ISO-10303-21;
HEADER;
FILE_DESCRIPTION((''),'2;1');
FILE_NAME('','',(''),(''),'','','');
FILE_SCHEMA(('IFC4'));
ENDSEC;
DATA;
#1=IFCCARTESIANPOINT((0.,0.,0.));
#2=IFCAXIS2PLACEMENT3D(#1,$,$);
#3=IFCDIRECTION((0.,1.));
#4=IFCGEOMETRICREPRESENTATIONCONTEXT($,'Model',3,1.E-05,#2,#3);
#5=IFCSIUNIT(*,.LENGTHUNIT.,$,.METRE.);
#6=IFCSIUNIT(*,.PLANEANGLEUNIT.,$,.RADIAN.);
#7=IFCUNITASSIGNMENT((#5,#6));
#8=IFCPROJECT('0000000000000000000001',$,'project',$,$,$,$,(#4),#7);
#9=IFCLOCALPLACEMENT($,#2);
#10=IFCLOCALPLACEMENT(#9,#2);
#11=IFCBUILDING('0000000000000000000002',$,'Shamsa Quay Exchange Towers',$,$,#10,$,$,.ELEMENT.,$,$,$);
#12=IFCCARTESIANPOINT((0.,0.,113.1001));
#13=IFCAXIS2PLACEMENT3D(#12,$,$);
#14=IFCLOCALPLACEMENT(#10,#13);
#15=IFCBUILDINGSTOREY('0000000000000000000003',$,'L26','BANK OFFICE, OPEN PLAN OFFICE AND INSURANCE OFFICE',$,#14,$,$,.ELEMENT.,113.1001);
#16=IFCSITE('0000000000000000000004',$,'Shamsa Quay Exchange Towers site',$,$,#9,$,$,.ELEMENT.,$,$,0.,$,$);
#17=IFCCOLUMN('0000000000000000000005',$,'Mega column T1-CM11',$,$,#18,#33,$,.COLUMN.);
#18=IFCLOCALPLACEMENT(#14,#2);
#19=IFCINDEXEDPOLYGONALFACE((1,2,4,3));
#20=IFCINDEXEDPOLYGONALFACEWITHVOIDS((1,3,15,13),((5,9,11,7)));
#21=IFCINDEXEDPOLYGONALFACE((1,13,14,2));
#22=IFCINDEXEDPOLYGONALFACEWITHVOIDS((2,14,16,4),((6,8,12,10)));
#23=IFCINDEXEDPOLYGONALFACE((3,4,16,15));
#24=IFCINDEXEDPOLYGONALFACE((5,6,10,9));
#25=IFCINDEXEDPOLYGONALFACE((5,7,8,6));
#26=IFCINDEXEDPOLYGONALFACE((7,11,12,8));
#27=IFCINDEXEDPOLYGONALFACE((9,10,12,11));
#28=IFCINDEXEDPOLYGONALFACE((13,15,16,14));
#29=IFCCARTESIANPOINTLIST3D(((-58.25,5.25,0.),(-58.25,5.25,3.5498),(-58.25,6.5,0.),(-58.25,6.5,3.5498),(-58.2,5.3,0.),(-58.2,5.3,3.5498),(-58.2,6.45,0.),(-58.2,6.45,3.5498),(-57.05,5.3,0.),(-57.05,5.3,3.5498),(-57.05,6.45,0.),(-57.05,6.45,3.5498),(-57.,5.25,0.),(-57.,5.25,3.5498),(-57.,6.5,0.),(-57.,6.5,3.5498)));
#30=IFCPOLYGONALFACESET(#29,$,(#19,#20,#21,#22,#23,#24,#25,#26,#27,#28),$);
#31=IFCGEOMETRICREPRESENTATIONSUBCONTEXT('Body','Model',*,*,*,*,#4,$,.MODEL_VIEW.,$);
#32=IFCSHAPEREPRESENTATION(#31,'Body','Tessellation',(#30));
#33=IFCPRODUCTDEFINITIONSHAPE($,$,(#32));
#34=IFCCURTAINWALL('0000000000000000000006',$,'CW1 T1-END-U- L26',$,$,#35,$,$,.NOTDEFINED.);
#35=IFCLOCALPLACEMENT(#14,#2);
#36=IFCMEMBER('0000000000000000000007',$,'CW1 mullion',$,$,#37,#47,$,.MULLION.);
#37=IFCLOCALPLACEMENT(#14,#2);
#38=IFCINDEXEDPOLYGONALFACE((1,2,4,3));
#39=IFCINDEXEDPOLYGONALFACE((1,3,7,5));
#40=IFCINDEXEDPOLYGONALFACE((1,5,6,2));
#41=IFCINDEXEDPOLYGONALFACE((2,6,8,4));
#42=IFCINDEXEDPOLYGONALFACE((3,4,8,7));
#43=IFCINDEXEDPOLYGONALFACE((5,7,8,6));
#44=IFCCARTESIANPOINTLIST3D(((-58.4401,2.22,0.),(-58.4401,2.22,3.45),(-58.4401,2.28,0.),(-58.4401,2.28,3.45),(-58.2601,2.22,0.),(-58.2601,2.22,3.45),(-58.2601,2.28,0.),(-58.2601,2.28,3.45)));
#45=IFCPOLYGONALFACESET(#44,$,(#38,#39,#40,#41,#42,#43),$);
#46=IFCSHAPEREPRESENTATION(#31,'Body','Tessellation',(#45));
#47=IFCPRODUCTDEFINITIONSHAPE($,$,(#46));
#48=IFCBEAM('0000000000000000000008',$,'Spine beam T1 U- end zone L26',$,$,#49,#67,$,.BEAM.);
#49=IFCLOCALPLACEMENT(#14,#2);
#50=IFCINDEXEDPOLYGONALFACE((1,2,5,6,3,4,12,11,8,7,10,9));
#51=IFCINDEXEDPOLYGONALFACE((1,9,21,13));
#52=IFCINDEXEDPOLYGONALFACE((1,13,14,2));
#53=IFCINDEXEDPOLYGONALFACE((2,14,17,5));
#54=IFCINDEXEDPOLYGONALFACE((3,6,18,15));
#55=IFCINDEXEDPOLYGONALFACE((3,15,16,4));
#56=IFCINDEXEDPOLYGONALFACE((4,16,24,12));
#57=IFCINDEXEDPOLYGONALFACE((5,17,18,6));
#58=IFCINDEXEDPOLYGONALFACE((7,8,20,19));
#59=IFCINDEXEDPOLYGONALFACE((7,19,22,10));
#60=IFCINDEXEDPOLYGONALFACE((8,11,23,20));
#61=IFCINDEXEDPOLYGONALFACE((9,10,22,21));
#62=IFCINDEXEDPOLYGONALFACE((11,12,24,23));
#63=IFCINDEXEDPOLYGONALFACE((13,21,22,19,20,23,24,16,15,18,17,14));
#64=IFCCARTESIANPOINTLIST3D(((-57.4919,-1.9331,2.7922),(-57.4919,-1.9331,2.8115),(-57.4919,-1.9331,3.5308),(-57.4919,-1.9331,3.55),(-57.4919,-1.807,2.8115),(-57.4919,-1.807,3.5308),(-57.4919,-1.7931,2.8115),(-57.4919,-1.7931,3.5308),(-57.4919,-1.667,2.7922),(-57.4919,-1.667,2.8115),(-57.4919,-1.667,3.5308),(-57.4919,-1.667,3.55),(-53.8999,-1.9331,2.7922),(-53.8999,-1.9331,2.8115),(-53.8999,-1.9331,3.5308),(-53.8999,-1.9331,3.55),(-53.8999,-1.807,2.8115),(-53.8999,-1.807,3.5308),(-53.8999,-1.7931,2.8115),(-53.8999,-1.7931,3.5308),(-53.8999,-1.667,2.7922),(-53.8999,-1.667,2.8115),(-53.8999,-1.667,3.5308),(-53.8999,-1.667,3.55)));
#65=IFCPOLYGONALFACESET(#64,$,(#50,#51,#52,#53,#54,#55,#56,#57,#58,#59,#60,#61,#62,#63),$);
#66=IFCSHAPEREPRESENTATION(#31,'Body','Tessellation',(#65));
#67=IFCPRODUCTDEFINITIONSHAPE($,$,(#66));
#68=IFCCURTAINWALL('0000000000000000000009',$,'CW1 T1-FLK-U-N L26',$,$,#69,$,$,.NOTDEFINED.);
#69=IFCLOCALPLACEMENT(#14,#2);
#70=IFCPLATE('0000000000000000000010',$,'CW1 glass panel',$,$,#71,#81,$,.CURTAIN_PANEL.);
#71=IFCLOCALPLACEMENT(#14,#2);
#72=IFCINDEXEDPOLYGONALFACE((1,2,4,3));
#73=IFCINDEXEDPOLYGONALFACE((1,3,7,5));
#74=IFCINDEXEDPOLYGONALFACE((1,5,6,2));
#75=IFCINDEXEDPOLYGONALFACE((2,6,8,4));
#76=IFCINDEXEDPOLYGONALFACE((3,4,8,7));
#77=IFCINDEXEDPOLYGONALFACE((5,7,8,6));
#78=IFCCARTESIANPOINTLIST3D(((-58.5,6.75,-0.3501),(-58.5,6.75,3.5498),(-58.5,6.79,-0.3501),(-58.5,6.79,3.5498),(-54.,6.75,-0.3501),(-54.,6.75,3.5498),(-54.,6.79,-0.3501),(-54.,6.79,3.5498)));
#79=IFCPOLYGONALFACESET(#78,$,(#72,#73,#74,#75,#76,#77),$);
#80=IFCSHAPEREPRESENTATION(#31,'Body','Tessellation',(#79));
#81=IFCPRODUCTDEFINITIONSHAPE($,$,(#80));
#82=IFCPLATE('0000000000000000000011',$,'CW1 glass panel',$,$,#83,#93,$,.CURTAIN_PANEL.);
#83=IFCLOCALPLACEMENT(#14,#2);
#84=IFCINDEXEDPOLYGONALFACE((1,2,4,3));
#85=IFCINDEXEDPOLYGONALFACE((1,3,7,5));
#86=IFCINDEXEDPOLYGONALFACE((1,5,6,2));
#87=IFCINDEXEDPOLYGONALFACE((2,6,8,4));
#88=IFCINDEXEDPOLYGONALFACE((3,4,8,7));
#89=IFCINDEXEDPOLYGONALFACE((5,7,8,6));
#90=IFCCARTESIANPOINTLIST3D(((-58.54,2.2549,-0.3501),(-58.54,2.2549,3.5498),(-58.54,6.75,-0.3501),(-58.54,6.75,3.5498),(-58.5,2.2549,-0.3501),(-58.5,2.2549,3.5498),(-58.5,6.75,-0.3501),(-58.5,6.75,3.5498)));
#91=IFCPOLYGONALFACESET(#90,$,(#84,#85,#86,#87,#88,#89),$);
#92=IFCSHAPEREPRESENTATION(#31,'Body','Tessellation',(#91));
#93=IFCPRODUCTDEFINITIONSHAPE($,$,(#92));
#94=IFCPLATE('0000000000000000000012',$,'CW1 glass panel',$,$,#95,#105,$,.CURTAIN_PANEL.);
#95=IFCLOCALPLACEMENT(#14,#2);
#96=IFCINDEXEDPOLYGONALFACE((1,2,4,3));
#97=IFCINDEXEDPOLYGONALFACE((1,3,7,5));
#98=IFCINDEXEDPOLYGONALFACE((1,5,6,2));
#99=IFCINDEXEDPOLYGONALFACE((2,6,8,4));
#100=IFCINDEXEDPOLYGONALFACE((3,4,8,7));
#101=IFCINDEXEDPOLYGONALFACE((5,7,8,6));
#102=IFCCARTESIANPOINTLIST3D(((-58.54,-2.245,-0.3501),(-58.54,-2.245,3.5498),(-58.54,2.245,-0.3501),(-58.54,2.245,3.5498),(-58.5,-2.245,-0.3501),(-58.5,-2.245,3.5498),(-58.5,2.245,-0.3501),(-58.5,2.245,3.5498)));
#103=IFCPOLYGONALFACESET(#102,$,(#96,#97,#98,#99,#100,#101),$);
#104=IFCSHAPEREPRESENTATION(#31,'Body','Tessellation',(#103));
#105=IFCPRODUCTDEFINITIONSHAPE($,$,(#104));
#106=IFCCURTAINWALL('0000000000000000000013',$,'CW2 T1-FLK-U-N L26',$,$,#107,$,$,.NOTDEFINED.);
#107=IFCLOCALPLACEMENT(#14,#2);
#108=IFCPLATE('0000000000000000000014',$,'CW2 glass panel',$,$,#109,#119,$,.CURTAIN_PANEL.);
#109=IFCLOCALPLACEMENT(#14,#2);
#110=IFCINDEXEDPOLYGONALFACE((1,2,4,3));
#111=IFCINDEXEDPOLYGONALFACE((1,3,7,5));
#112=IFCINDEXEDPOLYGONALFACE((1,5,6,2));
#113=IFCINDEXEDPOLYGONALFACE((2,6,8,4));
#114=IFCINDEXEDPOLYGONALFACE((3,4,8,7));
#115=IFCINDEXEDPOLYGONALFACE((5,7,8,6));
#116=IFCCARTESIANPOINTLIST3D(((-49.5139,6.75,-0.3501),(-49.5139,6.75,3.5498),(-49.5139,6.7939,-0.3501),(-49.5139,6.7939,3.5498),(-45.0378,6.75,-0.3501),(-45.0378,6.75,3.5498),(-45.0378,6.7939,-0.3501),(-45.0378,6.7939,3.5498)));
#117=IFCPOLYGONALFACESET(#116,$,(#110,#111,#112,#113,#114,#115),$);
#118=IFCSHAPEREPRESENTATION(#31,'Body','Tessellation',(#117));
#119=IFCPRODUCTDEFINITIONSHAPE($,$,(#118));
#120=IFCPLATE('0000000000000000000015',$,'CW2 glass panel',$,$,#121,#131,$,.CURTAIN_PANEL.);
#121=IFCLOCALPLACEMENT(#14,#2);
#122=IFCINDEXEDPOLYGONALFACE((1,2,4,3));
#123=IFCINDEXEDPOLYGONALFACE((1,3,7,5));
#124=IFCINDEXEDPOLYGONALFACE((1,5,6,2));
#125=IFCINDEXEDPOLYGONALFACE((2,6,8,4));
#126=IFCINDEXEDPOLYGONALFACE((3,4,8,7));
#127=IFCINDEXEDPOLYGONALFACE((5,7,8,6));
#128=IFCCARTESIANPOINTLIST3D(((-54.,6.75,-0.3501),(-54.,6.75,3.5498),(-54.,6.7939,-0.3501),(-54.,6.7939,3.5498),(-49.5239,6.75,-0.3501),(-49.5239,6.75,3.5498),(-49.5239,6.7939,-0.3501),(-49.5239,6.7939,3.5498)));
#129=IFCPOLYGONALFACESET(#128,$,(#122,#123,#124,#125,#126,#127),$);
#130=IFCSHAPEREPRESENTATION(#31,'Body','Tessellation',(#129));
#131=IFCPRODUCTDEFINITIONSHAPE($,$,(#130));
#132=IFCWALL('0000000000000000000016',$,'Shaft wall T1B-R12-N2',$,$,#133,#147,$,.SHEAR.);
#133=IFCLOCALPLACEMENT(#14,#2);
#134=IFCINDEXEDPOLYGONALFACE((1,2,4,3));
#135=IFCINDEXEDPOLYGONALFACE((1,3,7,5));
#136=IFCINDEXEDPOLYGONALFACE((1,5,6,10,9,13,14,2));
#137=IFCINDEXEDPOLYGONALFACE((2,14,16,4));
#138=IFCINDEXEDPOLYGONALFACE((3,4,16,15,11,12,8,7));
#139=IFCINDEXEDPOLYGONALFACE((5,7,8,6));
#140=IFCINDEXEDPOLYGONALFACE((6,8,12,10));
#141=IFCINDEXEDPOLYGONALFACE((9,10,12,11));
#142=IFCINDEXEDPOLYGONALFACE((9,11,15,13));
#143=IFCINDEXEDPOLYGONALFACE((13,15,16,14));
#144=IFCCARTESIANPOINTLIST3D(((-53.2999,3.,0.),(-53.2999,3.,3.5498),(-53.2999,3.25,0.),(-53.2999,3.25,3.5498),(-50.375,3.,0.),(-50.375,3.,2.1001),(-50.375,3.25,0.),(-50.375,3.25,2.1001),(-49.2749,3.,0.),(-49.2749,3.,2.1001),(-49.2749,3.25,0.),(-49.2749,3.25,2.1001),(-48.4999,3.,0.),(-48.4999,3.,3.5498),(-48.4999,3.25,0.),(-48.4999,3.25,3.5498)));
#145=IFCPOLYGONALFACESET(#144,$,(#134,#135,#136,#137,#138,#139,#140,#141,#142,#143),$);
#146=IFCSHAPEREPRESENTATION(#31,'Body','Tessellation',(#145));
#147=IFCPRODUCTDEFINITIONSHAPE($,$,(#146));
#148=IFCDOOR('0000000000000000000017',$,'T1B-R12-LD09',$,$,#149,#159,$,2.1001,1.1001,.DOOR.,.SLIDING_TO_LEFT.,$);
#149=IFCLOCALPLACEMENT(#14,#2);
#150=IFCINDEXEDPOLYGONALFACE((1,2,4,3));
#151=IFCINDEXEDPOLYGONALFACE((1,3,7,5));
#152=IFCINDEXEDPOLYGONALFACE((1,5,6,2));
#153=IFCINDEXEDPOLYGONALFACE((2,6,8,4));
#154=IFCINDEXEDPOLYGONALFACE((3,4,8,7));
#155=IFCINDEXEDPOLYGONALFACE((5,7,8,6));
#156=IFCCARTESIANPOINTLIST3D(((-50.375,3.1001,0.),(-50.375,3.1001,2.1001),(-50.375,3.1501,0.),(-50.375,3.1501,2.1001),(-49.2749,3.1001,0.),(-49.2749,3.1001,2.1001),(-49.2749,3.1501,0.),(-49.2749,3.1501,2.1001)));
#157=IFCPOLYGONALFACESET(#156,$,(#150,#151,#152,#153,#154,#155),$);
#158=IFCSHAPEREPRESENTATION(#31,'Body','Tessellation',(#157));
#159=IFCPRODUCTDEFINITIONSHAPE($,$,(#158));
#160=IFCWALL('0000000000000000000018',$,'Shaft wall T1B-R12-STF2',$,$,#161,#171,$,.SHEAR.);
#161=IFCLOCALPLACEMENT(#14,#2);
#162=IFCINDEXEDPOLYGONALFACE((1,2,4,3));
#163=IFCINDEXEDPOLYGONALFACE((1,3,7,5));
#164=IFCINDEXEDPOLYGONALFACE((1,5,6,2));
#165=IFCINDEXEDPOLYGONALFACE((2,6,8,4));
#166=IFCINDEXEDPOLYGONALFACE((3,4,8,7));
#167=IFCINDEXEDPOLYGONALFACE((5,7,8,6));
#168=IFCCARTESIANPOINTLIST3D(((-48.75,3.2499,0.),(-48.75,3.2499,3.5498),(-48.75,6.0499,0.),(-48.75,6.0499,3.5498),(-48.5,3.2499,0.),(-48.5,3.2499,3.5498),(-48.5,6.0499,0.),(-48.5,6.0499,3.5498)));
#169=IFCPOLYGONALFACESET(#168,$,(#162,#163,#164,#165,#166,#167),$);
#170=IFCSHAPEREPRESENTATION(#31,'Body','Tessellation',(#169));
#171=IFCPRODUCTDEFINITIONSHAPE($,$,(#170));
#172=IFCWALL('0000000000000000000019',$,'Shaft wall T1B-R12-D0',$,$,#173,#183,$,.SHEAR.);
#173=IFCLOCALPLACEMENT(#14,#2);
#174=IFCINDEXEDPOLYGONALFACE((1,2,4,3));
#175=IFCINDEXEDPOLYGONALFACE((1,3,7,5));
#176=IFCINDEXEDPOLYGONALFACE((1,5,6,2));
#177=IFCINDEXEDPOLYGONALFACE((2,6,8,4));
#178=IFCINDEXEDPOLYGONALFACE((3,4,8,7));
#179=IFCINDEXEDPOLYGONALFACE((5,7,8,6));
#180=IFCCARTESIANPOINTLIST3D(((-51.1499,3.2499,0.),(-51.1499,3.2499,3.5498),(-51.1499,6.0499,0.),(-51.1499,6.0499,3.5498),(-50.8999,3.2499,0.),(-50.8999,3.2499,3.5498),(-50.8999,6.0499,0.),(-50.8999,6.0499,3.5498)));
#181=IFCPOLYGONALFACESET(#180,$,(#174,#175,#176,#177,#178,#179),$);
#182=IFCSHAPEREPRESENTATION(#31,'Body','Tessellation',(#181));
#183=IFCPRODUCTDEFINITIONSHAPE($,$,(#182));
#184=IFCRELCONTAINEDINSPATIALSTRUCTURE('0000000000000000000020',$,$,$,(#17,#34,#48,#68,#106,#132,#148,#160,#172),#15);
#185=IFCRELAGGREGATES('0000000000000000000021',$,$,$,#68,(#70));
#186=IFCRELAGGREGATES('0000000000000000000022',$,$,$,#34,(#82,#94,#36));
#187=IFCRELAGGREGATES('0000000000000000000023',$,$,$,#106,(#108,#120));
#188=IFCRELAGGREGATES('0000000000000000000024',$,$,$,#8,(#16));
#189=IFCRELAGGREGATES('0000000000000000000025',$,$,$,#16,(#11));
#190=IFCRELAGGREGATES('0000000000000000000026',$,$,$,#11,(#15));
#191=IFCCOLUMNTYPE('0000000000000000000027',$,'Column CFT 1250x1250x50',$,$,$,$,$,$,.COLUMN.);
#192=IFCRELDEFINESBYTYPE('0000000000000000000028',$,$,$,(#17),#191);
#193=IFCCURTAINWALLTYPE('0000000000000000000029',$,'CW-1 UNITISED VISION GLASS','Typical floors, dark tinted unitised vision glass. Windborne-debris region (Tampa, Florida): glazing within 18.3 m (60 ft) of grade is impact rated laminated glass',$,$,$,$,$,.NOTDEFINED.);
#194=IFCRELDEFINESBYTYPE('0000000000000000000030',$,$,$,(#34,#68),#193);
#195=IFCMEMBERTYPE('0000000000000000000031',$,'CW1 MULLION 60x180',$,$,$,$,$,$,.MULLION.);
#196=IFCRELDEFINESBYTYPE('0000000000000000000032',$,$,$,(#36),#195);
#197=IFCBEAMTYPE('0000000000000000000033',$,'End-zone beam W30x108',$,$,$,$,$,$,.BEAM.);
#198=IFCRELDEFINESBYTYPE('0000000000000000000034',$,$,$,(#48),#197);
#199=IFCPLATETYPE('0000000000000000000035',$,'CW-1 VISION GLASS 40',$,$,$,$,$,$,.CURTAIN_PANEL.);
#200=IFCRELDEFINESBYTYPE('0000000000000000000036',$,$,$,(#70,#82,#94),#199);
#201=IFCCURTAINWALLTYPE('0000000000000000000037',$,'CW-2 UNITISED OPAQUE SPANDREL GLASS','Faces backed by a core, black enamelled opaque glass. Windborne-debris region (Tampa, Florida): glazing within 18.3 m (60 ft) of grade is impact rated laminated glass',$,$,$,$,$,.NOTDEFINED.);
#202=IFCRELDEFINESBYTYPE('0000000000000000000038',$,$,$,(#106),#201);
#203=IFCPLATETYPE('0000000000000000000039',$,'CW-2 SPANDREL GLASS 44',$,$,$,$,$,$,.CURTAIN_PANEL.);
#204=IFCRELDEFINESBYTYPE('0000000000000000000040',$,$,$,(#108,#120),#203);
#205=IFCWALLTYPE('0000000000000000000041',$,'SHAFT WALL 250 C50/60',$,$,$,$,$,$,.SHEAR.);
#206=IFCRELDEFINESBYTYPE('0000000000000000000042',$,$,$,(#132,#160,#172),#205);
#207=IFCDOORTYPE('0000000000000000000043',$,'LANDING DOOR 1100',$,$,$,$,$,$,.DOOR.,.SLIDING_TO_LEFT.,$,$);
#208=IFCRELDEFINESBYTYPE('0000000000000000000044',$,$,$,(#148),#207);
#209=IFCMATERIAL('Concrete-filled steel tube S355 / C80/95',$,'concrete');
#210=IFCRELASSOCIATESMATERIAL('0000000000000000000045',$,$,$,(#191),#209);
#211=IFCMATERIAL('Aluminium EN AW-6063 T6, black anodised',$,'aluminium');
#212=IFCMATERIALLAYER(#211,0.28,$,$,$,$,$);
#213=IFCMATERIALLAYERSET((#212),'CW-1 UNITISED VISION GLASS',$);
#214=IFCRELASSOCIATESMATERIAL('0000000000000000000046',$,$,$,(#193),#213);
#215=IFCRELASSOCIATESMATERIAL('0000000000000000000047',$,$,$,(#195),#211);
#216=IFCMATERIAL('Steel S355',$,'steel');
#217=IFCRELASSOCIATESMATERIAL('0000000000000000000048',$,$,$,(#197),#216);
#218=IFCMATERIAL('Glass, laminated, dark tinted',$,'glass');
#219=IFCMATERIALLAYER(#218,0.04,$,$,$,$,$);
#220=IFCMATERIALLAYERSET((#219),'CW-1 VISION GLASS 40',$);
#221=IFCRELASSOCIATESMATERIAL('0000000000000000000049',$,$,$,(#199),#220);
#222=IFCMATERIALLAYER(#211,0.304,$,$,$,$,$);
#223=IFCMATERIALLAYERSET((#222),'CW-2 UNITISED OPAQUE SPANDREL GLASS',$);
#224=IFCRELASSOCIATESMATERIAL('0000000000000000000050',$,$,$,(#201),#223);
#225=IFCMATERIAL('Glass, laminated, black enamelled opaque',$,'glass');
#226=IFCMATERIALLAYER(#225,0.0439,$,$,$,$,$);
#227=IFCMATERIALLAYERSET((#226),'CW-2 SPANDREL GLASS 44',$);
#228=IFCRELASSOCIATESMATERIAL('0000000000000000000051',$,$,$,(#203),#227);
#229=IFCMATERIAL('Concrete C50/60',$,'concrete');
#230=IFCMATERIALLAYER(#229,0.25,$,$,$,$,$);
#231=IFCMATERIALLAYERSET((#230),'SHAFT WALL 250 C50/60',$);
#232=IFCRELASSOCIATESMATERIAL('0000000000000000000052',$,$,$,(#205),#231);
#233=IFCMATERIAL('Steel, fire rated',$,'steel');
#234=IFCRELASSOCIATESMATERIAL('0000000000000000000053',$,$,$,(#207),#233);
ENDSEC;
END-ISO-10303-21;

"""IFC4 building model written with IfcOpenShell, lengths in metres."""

from ifc_helpers import new_model, si_unit, direction, frame, frame_2d, origin, origin_2d, place, context, subcontext, project, spatial, rectangle, hollow_rectangle, i_section, extrude, material, layer, layer_set, material_profile, profile_set, type_object, element, fill, aggregate, save


model = new_model("IFC4")

# Units and contexts
model_context = context("Model", 3, precision=1e-05, world=origin(), true_north=direction((0.0, 1.0)))
body_context = subcontext(model_context, "Body", "Model", "MODEL_VIEW")
ifc_project = project(units=[si_unit("LENGTHUNIT", "METRE"), si_unit("PLANEANGLEUNIT", "RADIAN")], contexts=[model_context])

# Site, building, storey
site_placement = place(None, origin())
site = spatial("IfcSite", under=ifc_project, at=site_placement, Name="Shamsa Quay Exchange Towers site", CompositionType="ELEMENT", RefElevation=0.0)
building_placement = place(site_placement, origin())
building = spatial("IfcBuilding", under=site, at=building_placement, Name="Shamsa Quay Exchange Towers", CompositionType="ELEMENT")
storey_placement = place(building_placement, frame((0.0, 0.0, 113.1001)))
storey = spatial("IfcBuildingStorey", under=building, at=storey_placement, Name="L26", Description="BANK OFFICE, OPEN PLAN OFFICE AND INSURANCE OFFICE", CompositionType="ELEMENT", Elevation=113.1001)

# Column
ifc_material_1 = material(Name="Concrete-filled steel tube S355 / C80/95", Category="concrete")
ifc_material_profile_1 = material_profile(ifc_material_1, hollow_rectangle(XDim=1.25, YDim=1.25, WallThickness=0.05, at=origin_2d()), Name="CFT 1250x1250x50")
ifc_profile_set_1 = profile_set([ifc_material_profile_1], Name="Concrete-filled steel tube S355 / C80/95")
column_type = type_object("IfcColumnType", Name="Column CFT 1250x1250x50", PredefinedType="COLUMN", material=ifc_profile_set_1)
column_placement = place(storey_placement, frame((-57.625, 5.875, 0.0)))
element("IfcColumn", 1, at=column_placement, inside=storey, type_object=column_type, Name="Mega column T1-CM11", PredefinedType="COLUMN", context=body_context, shape_type="SweptSolid", body=[
    extrude(hollow_rectangle(XDim=1.25, YDim=1.25, WallThickness=0.05, at=origin_2d()), origin(), (0.0, 0.0, 1.0), 3.5498),
])

# Curtain wall, member
ifc_material_2 = material(Name="Aluminium EN AW-6063 T6, black anodised", Category="aluminium")
ifc_layer_1 = layer(ifc_material_2, 0.28)
ifc_layer_set_1 = layer_set([ifc_layer_1], Name="CW-1 UNITISED VISION GLASS")
curtain_wall_type_1 = type_object("IfcCurtainWallType", Name="CW-1 UNITISED VISION GLASS", Description="Typical floors, dark tinted unitised vision glass. Windborne-debris region (Tampa, Florida): glazing within 18.3 m (60 ft) of grade is impact rated laminated glass", PredefinedType="NOTDEFINED", material=ifc_layer_set_1)
curtain_wall_1_placement = place(storey_placement, origin())
curtain_wall_1 = element("IfcCurtainWall", 2, at=curtain_wall_1_placement, inside=storey, type_object=curtain_wall_type_1, Name="CW1 T1-END-U- L26", PredefinedType="NOTDEFINED")
ifc_material_profile_2 = material_profile(ifc_material_2, rectangle(XDim=0.1799, YDim=0.0601, at=origin_2d()), Name="MU60x180")
ifc_profile_set_2 = profile_set([ifc_material_profile_2], Name="Aluminium EN AW-6063 T6, black anodised")
member_type = type_object("IfcMemberType", Name="CW1 MULLION 60x180", PredefinedType="MULLION", material=ifc_profile_set_2)
member_placement = place(storey_placement, frame((-58.3501, 2.25, 0.0)))
member = element("IfcMember", 3, at=member_placement, type_object=member_type, Name="CW1 mullion", PredefinedType="MULLION", context=body_context, shape_type="SweptSolid", body=[
    extrude(rectangle(XDim=0.1799, YDim=0.0601, at=origin_2d()), origin(), (0.0, 0.0, 1.0), 3.45),
])

# Beam
ifc_material_3 = material(Name="Steel S355", Category="steel")
ifc_material_profile_3 = material_profile(ifc_material_3, i_section(OverallWidth=0.2661, OverallDepth=0.7578, WebThickness=0.0139, FlangeThickness=0.0193, at=origin_2d()), Name="W30x108")
ifc_profile_set_3 = profile_set([ifc_material_profile_3], Name="Steel S355")
beam_type = type_object("IfcBeamType", Name="End-zone beam W30x108", PredefinedType="BEAM", material=ifc_profile_set_3)
beam_placement = place(storey_placement, frame((-53.8999, -1.8, 3.1711), z_axis=(-1.0, 0.0, 0.0), x_axis=(0.0, -1.0, 0.0)))
element("IfcBeam", 4, at=beam_placement, inside=storey, type_object=beam_type, Name="Spine beam T1 U- end zone L26", PredefinedType="BEAM", context=body_context, shape_type="SweptSolid", body=[
    extrude(i_section(OverallWidth=0.2661, OverallDepth=0.7578, WebThickness=0.0139, FlangeThickness=0.0193, at=origin_2d()), origin(), (0.0, 0.0, 1.0), 3.592),
])

# Curtain wall, plate
curtain_wall_2_placement = place(storey_placement, origin())
curtain_wall_2 = element("IfcCurtainWall", 5, at=curtain_wall_2_placement, inside=storey, type_object=curtain_wall_type_1, Name="CW1 T1-FLK-U-N L26", PredefinedType="NOTDEFINED")
ifc_material_4 = material(Name="Glass, laminated, dark tinted", Category="glass")
ifc_layer_2 = layer(ifc_material_4, 0.04)
ifc_layer_set_2 = layer_set([ifc_layer_2], Name="CW-1 VISION GLASS 40")
plate_type_1 = type_object("IfcPlateType", Name="CW-1 VISION GLASS 40", PredefinedType="CURTAIN_PANEL", material=ifc_layer_set_2)
plate_1_placement = place(storey_placement, frame((-56.25, 6.77, -0.3501), z_axis=(0.0, 0.0, 1.0), x_axis=(-1.0, 0.0, 0.0)))
plate_1 = element("IfcPlate", 6, at=plate_1_placement, type_object=plate_type_1, Name="CW1 glass panel", PredefinedType="CURTAIN_PANEL", context=body_context, shape_type="SweptSolid", body=[
    extrude(rectangle(XDim=4.5, YDim=0.04, at=origin_2d()), origin(), (0.0, 0.0, 1.0), 3.8999),
])
aggregate(curtain_wall_2, [plate_1])

# Plates
plate_2_placement = place(storey_placement, frame((-58.52, 4.5024, -0.3501), z_axis=(0.0, 0.0, 1.0), x_axis=(0.0, -1.0, 0.0)))
plate_2 = element("IfcPlate", 7, at=plate_2_placement, type_object=plate_type_1, Name="CW1 glass panel", PredefinedType="CURTAIN_PANEL", context=body_context, shape_type="SweptSolid", body=[
    extrude(rectangle(XDim=4.4951, YDim=0.04, at=origin_2d()), origin(), (0.0, 0.0, 1.0), 3.8999),
])
plate_3_placement = place(storey_placement, frame((-58.52, 0.0, -0.3501), z_axis=(0.0, 0.0, 1.0), x_axis=(0.0, -1.0, 0.0)))
plate_3 = element("IfcPlate", 8, at=plate_3_placement, type_object=plate_type_1, Name="CW1 glass panel", PredefinedType="CURTAIN_PANEL", context=body_context, shape_type="SweptSolid", body=[
    extrude(rectangle(XDim=4.49, YDim=0.04, at=origin_2d()), origin(), (0.0, 0.0, 1.0), 3.8999),
])
aggregate(curtain_wall_1, [plate_2, plate_3, member])

# Curtain wall, plates
ifc_layer_3 = layer(ifc_material_2, 0.304)
ifc_layer_set_3 = layer_set([ifc_layer_3], Name="CW-2 UNITISED OPAQUE SPANDREL GLASS")
curtain_wall_type_2 = type_object("IfcCurtainWallType", Name="CW-2 UNITISED OPAQUE SPANDREL GLASS", Description="Faces backed by a core, black enamelled opaque glass. Windborne-debris region (Tampa, Florida): glazing within 18.3 m (60 ft) of grade is impact rated laminated glass", PredefinedType="NOTDEFINED", material=ifc_layer_set_3)
curtain_wall_3_placement = place(storey_placement, origin())
curtain_wall_3 = element("IfcCurtainWall", 9, at=curtain_wall_3_placement, inside=storey, type_object=curtain_wall_type_2, Name="CW2 T1-FLK-U-N L26", PredefinedType="NOTDEFINED")
ifc_material_5 = material(Name="Glass, laminated, black enamelled opaque", Category="glass")
ifc_layer_4 = layer(ifc_material_5, 0.0439)
ifc_layer_set_4 = layer_set([ifc_layer_4], Name="CW-2 SPANDREL GLASS 44")
plate_type_2 = type_object("IfcPlateType", Name="CW-2 SPANDREL GLASS 44", PredefinedType="CURTAIN_PANEL", material=ifc_layer_set_4)
plate_4_placement = place(storey_placement, frame((-47.2759, 6.772, -0.3501), z_axis=(0.0, 0.0, 1.0), x_axis=(-1.0, 0.0, 0.0)))
plate_4 = element("IfcPlate", 10, at=plate_4_placement, type_object=plate_type_2, Name="CW2 glass panel", PredefinedType="CURTAIN_PANEL", context=body_context, shape_type="SweptSolid", body=[
    extrude(rectangle(XDim=4.4761, YDim=0.0439, at=origin_2d()), origin(), (0.0, 0.0, 1.0), 3.8999),
])
plate_5_placement = place(storey_placement, frame((-51.762, 6.772, -0.3501), z_axis=(0.0, 0.0, 1.0), x_axis=(-1.0, 0.0, 0.0)))
plate_5 = element("IfcPlate", 11, at=plate_5_placement, type_object=plate_type_2, Name="CW2 glass panel", PredefinedType="CURTAIN_PANEL", context=body_context, shape_type="SweptSolid", body=[
    extrude(rectangle(XDim=4.4761, YDim=0.0439, at=origin_2d()), origin(), (0.0, 0.0, 1.0), 3.8999),
])
aggregate(curtain_wall_3, [plate_4, plate_5])

# Wall, opening, door
ifc_material_6 = material(Name="Concrete C50/60", Category="concrete")
ifc_layer_5 = layer(ifc_material_6, 0.25)
ifc_layer_set_5 = layer_set([ifc_layer_5], Name="SHAFT WALL 250 C50/60")
wall_type_1 = type_object("IfcWallType", Name="SHAFT WALL 250 C50/60", PredefinedType="SHEAR", material=ifc_layer_set_5)
wall_1_placement = place(storey_placement, frame((-48.5, 3.125, 0.0), z_axis=(0.0, 0.0, 1.0), x_axis=(-1.0, 0.0, 0.0)))
wall_1 = element("IfcWall", 12, at=wall_1_placement, inside=storey, type_object=wall_type_1, Name="Shaft wall T1B-R12-N2", PredefinedType="SHEAR", context=body_context, shape_type="SweptSolid", body=[
    extrude(rectangle(XDim=4.8, YDim=0.25, at=frame_2d((2.3999, 0.0))), origin(), (0.0, 0.0, 1.0), 3.5498),
])
opening_1_placement = place(wall_1_placement, frame((0.7749, 0.0, 0.0)))
opening_1 = element("IfcOpeningElement", 13, at=opening_1_placement, cuts=wall_1, PredefinedType="OPENING", context=body_context, shape_type="SweptSolid", body=[
    extrude(rectangle(XDim=1.1001, YDim=2.1001, at=frame_2d((0.55, 1.05))), frame((0.0, 0.135, 0.0), z_axis=(0.0, -1.0, 0.0), x_axis=(1.0, 0.0, 0.0)), (0.0, 0.0, 1.0), 0.27),
])
ifc_material_7 = material(Name="Steel, fire rated", Category="steel")
door_type_1 = type_object("IfcDoorType", Name="LANDING DOOR 1100", OperationType="SLIDING_TO_LEFT", PredefinedType="DOOR", material=ifc_material_7)
door_1_placement = place(opening_1_placement, origin())
door_1 = element("IfcDoor", 14, at=door_1_placement, inside=storey, type_object=door_type_1, Name="T1B-R12-LD09", OperationType="SLIDING_TO_LEFT", OverallHeight=2.1001, OverallWidth=1.1001, PredefinedType="DOOR", context=body_context, shape_type="SweptSolid", body=[
    extrude(rectangle(XDim=1.1001, YDim=2.1001, at=frame_2d((0.55, 1.05))), frame((0.0, 0.0249, 0.0), z_axis=(0.0, -1.0, 0.0), x_axis=(1.0, 0.0, 0.0)), (0.0, 0.0, 1.0), 0.05),
])
fill(opening_1, door_1)

# Walls
for number, where, z_axis, x_axis, name in (
    (15, (-48.625, 3.25, 0.0), (0.0, 0.0, 1.0), (0.0, 1.0, 0.0), "Shaft wall T1B-R12-STF2"),
    (16, (-51.0249, 3.25, 0.0), (0.0, 0.0, 1.0), (0.0, 1.0, 0.0), "Shaft wall T1B-R12-D0"),
):
    element("IfcWall", number, at=place(storey_placement, frame(where, z_axis=z_axis, x_axis=x_axis)), inside=storey, type_object=wall_type_1, Name=name, PredefinedType="SHEAR", context=body_context, shape_type="SweptSolid", body=[
        extrude(rectangle(XDim=2.8, YDim=0.25, at=frame_2d((1.3999, 0.0))), origin(), (0.0, 0.0, 1.0), 3.5498),
    ])

save(model, "model.ifc")
